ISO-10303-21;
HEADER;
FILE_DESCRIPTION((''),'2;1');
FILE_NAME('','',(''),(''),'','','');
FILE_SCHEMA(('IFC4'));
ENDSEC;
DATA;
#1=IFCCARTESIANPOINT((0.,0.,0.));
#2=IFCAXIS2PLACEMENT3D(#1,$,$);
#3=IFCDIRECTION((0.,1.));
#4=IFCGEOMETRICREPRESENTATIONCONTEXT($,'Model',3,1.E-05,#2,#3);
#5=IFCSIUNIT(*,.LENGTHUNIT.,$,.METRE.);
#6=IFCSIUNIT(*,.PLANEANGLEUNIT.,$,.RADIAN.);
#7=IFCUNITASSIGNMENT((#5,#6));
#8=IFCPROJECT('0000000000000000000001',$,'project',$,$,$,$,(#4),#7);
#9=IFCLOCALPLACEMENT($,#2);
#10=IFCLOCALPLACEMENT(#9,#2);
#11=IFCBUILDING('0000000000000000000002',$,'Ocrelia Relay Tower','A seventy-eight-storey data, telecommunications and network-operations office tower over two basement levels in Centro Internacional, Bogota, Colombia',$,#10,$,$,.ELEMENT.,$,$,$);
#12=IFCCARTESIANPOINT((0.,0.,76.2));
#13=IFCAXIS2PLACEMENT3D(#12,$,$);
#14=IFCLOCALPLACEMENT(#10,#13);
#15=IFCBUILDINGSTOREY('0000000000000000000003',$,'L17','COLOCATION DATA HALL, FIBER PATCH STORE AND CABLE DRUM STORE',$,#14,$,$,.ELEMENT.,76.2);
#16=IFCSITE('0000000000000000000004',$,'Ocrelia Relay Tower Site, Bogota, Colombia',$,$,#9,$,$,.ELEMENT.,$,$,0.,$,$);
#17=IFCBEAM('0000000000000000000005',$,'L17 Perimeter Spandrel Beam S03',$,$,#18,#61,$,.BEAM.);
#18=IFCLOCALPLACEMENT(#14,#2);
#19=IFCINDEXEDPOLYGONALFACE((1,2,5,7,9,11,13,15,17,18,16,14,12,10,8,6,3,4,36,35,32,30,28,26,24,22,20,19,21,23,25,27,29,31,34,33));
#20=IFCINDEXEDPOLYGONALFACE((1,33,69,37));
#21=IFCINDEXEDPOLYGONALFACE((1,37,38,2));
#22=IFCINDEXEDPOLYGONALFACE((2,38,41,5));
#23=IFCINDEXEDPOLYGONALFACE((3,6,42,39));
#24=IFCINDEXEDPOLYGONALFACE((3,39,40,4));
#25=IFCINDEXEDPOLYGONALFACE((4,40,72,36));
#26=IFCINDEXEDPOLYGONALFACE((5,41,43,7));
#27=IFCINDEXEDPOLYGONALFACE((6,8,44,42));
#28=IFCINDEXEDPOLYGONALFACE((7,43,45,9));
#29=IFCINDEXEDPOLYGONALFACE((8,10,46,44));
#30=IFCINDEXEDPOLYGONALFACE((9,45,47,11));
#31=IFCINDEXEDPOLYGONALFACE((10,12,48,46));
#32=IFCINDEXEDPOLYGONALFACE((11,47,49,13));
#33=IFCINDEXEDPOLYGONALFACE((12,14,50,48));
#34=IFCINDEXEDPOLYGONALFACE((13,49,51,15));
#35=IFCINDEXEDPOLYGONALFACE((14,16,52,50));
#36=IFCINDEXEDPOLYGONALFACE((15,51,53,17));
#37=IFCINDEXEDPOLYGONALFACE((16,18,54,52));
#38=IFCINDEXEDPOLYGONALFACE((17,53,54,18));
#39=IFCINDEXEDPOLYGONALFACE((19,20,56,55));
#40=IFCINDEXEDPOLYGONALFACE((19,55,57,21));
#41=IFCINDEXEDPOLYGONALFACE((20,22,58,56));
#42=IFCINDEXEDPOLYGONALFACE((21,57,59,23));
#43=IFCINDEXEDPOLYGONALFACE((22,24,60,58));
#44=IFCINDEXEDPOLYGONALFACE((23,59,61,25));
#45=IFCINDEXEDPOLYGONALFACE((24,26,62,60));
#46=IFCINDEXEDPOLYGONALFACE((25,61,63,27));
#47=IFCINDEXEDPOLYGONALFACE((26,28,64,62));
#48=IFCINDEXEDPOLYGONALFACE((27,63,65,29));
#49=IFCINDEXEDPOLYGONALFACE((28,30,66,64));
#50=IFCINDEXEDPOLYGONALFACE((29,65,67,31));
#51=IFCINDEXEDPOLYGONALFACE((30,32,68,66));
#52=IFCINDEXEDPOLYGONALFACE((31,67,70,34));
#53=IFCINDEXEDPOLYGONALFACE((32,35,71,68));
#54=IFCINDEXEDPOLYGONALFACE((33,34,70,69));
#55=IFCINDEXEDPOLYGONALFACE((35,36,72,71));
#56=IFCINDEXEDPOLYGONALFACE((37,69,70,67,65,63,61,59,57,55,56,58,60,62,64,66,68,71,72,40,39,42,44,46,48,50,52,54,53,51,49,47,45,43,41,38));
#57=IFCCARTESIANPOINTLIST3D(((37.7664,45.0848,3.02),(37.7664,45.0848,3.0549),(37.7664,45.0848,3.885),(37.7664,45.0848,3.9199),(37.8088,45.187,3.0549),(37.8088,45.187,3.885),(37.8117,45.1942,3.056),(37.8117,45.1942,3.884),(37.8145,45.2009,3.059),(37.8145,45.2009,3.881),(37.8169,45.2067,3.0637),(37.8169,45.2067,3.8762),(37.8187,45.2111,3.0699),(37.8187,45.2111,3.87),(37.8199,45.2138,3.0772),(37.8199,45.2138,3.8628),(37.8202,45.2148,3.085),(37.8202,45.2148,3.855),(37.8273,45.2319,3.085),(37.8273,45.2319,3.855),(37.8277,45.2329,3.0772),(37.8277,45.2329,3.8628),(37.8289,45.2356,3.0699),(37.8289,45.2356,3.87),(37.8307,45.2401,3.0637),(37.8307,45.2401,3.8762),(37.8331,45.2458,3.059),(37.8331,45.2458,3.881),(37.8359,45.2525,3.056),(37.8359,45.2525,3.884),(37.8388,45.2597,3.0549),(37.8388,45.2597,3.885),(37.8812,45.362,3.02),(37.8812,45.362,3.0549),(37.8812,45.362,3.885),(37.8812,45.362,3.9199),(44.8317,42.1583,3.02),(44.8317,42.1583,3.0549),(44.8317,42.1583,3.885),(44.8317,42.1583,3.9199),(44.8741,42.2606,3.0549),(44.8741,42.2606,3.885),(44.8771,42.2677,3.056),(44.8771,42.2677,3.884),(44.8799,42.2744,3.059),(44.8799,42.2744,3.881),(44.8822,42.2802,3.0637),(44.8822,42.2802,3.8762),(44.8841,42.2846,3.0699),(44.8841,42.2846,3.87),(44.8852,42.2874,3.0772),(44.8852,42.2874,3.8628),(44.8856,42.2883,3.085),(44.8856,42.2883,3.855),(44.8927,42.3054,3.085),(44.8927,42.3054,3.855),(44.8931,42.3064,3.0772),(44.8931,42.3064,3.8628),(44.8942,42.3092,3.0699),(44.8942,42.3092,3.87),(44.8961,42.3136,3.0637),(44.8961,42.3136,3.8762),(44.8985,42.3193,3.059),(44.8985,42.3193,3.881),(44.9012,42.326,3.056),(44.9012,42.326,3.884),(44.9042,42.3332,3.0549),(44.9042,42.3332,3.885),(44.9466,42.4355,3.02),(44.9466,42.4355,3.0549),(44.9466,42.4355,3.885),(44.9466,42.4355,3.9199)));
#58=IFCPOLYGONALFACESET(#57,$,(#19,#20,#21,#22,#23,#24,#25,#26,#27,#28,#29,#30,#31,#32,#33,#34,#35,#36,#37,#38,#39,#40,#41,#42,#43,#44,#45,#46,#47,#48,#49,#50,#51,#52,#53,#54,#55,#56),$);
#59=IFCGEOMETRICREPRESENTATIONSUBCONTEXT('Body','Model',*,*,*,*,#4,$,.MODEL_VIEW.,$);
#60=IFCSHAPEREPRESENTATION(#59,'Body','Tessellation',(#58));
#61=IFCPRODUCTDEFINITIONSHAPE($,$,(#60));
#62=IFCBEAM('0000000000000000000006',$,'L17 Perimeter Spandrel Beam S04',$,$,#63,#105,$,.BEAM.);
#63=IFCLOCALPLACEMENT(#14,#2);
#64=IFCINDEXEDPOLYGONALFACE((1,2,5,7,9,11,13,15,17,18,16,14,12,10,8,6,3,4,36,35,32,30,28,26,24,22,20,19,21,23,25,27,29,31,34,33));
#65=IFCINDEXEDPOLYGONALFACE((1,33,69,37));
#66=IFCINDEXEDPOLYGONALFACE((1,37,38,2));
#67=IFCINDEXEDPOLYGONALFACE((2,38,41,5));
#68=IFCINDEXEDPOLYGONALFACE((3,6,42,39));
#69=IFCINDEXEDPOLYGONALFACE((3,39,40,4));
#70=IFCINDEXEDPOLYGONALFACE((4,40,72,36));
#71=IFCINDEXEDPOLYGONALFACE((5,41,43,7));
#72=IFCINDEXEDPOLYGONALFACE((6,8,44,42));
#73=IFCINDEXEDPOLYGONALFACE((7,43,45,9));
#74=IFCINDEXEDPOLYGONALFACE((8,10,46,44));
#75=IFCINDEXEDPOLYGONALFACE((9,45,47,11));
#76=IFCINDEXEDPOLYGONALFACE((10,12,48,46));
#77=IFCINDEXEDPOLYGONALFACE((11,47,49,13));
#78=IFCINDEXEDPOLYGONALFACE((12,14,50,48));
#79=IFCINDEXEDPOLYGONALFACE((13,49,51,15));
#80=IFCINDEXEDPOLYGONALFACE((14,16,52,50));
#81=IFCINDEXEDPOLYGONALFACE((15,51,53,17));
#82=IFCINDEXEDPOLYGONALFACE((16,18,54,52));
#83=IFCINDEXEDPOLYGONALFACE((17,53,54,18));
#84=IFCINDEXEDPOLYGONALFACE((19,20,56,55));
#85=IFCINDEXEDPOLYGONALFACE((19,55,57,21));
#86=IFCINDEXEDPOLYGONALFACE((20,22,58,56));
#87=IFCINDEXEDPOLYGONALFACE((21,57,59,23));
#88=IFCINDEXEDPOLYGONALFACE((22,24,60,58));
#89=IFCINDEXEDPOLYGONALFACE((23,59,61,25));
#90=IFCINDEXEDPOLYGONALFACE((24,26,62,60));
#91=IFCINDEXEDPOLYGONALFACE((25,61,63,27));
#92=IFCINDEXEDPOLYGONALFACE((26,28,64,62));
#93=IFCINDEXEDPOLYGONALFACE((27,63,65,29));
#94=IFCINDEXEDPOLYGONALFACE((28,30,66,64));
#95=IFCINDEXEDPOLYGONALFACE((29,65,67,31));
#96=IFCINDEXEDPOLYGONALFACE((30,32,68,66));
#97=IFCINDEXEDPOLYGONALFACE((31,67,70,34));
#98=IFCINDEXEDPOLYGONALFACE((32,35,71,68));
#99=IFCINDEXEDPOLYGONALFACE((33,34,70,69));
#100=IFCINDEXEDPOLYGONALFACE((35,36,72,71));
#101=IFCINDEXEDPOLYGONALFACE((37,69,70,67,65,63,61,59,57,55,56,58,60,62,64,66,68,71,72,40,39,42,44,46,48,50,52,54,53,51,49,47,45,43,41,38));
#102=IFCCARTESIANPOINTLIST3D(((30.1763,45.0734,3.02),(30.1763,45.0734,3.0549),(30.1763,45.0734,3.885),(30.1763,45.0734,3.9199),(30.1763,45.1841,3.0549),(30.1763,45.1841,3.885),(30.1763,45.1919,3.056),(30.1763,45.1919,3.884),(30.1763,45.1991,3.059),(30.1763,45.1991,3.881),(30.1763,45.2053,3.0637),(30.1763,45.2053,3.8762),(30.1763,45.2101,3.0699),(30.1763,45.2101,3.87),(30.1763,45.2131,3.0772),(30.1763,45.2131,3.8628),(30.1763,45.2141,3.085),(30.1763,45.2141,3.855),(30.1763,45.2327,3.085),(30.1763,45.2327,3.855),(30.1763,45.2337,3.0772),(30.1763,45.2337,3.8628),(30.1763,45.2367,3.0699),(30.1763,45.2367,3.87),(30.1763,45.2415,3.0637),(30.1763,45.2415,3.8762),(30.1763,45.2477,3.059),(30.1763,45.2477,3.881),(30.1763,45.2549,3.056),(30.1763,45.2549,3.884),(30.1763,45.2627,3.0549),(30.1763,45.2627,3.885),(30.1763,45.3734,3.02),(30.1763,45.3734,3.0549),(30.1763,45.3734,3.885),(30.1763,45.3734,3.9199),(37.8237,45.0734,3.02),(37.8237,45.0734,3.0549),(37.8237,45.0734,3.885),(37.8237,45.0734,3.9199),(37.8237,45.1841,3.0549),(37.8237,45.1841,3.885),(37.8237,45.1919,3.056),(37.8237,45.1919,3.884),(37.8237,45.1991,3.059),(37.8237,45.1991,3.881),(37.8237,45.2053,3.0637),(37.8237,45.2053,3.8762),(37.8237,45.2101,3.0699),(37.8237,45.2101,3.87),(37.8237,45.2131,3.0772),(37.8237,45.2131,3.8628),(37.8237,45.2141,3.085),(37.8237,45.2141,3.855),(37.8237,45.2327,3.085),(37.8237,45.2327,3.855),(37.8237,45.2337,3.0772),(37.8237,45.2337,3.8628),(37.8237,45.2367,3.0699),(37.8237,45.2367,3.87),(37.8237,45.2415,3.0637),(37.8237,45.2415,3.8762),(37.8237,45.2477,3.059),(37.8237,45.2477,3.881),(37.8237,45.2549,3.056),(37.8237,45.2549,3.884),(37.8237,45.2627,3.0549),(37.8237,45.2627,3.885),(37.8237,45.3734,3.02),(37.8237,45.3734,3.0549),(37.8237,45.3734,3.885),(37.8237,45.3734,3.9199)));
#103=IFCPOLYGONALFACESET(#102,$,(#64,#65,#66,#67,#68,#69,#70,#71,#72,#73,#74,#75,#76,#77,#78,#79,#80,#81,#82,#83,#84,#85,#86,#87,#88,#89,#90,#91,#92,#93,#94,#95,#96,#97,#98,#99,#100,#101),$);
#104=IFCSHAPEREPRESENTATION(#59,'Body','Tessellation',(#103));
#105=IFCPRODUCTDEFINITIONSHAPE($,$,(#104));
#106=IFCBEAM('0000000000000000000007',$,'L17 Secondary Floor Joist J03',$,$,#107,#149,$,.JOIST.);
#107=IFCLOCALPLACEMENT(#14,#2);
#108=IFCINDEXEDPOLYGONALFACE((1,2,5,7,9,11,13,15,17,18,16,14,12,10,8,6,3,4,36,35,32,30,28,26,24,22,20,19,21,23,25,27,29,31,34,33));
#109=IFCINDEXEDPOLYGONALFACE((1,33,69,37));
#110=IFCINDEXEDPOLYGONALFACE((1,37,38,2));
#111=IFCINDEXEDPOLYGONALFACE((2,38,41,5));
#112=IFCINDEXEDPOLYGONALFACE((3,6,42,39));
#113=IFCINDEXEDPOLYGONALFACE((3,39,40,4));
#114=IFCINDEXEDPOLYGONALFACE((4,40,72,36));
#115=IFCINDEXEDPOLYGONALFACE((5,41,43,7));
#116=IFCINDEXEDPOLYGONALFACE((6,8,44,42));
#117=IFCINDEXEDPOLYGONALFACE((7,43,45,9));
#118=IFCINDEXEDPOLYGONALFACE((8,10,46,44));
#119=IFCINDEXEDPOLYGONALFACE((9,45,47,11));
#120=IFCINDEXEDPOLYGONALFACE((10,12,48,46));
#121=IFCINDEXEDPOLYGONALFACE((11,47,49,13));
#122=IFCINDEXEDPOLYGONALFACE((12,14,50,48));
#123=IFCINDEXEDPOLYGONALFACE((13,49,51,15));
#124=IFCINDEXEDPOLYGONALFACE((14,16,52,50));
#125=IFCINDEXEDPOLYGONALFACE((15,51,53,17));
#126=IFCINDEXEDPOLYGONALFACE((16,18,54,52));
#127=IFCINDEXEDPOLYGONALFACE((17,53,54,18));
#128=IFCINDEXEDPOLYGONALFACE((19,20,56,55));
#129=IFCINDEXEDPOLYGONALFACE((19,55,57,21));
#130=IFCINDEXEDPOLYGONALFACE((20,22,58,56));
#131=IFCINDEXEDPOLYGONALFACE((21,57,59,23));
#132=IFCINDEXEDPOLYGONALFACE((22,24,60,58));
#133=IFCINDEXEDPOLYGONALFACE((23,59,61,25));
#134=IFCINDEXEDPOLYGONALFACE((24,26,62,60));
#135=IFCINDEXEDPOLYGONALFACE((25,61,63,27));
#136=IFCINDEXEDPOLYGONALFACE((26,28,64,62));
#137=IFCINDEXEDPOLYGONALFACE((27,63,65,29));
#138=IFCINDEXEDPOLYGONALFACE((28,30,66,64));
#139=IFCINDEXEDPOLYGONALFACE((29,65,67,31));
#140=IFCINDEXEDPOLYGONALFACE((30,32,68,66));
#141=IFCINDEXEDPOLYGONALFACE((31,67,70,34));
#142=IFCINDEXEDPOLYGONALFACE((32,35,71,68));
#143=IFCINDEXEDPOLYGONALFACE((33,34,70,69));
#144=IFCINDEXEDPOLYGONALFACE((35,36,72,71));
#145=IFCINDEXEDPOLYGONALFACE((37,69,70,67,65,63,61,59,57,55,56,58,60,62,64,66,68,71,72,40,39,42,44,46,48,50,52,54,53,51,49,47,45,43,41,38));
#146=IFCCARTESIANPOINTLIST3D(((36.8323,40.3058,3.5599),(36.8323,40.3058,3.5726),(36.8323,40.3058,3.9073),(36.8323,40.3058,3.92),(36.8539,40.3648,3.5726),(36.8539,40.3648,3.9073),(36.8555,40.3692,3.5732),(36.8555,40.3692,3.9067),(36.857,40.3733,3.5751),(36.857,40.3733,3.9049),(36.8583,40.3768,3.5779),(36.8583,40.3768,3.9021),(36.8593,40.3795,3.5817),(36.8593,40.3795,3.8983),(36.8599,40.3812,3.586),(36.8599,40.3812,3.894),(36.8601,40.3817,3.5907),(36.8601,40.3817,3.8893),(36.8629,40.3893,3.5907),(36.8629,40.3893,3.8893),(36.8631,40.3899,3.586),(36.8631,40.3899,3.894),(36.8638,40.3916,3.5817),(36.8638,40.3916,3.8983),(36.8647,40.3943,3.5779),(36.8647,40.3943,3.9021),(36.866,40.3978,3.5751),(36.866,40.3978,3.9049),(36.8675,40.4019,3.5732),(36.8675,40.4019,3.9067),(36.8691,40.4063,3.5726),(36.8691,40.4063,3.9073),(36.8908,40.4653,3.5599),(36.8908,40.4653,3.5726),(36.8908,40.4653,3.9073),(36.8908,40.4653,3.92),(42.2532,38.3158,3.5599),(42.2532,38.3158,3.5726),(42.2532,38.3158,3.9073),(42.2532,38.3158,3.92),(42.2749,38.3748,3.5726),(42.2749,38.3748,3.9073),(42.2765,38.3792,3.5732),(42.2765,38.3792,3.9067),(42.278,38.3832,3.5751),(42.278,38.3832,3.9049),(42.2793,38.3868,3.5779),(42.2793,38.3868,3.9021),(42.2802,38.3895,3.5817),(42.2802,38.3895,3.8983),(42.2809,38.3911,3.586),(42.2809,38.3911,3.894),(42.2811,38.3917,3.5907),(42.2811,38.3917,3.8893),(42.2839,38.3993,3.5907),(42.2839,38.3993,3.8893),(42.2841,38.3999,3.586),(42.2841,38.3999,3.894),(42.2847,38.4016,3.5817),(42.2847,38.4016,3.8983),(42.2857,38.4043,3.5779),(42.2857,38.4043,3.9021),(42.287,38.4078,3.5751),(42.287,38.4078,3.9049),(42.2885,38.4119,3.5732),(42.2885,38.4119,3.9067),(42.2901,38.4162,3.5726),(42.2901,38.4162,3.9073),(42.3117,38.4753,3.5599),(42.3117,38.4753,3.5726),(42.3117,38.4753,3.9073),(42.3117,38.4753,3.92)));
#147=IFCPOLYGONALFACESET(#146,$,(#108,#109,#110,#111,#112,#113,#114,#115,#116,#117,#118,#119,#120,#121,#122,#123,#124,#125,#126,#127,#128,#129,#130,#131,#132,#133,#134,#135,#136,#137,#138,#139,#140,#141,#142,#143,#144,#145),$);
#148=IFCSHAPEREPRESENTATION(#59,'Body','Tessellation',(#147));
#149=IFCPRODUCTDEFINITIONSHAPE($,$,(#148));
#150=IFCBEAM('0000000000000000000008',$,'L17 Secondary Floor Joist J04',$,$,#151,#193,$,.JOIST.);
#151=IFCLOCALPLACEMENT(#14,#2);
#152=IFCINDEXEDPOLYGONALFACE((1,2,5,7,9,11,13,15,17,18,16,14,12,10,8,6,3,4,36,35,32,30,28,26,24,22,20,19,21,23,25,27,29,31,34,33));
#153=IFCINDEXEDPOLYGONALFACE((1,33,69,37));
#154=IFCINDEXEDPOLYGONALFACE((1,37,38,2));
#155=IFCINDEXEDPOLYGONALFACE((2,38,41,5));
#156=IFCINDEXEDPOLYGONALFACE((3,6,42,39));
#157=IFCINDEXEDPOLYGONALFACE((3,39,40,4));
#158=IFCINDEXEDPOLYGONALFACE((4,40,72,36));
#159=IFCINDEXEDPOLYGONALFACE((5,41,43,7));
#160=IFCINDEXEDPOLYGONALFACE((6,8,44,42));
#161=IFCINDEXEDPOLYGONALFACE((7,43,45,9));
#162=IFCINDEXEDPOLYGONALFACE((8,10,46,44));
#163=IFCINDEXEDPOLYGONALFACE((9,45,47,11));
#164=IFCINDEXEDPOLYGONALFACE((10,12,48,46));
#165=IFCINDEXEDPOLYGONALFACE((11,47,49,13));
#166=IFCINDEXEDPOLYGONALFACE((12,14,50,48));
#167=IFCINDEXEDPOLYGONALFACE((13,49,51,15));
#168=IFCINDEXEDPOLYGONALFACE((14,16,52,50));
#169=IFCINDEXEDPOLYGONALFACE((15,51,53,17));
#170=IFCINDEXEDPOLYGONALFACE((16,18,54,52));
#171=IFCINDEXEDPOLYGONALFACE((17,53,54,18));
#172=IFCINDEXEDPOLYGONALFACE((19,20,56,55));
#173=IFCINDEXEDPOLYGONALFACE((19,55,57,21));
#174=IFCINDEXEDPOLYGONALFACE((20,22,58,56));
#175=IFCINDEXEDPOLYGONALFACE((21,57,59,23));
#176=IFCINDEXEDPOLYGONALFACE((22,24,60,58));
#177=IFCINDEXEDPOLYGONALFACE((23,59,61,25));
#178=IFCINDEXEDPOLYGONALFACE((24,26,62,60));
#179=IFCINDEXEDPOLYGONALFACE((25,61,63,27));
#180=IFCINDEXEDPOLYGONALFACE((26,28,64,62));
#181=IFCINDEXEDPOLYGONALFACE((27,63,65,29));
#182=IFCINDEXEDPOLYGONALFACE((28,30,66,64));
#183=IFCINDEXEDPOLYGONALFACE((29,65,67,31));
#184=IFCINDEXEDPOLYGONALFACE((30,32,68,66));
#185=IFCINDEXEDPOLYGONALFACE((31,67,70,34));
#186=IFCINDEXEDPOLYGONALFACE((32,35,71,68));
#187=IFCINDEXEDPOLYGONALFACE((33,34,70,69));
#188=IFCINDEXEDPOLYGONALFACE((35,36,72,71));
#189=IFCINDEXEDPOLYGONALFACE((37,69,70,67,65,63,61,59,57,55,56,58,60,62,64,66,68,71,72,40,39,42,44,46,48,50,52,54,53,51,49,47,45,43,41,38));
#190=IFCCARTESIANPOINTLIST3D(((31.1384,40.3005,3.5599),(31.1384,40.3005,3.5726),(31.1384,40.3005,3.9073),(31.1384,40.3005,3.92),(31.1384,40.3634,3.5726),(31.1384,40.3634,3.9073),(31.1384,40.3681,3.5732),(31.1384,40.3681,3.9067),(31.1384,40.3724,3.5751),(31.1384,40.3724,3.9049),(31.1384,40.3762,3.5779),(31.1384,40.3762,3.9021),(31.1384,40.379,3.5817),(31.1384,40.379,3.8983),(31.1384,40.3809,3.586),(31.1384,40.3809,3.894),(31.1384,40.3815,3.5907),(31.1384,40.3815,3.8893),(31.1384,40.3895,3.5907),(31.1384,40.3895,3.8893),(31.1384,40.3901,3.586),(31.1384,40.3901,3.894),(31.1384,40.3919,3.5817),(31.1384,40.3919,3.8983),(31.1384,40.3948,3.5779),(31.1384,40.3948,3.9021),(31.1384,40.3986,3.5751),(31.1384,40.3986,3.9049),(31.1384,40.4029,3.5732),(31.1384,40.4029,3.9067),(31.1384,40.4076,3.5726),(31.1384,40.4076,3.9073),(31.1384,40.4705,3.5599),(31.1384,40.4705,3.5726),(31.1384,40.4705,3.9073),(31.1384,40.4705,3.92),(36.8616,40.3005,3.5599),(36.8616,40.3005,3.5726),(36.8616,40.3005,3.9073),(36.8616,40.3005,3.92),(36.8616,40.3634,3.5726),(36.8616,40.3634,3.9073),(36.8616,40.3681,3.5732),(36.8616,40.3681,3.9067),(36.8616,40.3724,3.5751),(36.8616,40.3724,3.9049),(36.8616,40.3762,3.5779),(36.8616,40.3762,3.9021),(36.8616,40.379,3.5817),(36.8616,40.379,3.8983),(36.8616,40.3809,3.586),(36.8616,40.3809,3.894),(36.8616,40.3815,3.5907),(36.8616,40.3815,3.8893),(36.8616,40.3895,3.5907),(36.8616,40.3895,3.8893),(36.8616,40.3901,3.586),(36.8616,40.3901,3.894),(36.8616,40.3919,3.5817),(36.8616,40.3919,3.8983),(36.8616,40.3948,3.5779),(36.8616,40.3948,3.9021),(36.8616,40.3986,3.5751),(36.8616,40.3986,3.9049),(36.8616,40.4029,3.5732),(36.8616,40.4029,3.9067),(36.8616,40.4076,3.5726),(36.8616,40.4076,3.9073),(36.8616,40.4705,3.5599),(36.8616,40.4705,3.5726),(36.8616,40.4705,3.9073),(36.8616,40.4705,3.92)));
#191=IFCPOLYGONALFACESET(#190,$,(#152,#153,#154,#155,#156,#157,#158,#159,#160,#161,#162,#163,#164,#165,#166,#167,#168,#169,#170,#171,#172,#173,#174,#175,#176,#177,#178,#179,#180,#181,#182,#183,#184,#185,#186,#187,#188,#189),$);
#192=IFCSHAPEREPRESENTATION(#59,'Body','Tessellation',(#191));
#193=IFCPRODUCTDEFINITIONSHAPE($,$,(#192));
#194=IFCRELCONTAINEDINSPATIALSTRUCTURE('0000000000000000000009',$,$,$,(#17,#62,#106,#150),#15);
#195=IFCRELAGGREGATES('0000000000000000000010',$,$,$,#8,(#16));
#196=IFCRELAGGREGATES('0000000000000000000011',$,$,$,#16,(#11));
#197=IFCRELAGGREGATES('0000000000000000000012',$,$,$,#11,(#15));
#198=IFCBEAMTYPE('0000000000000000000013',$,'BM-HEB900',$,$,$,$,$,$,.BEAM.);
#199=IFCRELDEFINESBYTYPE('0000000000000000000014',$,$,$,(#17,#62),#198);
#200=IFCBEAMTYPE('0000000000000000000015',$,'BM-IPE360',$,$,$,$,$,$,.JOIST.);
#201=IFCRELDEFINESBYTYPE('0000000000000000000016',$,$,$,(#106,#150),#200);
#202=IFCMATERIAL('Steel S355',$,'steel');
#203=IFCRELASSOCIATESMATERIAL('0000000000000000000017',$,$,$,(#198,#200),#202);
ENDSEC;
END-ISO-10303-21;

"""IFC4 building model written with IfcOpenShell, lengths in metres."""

from ifc_helpers import new_model, si_unit, direction, frame, origin, origin_2d, place, context, subcontext, project, spatial, i_section, extrude, material, material_profile, profile_set, type_object, element, save


model = new_model("IFC4")

# Units and contexts
model_context = context("Model", 3, precision=1e-05, world=origin(), true_north=direction((0.0, 1.0)))
body_context = subcontext(model_context, "Body", "Model", "MODEL_VIEW")
ifc_project = project(units=[si_unit("LENGTHUNIT", "METRE"), si_unit("PLANEANGLEUNIT", "RADIAN")], contexts=[model_context])

# Site, building, storey
site_placement = place(None, origin())
site = spatial("IfcSite", under=ifc_project, at=site_placement, Name="Ocrelia Relay Tower Site, Bogota, Colombia", CompositionType="ELEMENT", RefElevation=0.0)
building_placement = place(site_placement, origin())
building = spatial("IfcBuilding", under=site, at=building_placement, Name="Ocrelia Relay Tower", Description="A seventy-eight-storey data, telecommunications and network-operations office tower over two basement levels in Centro Internacional, Bogota, Colombia", CompositionType="ELEMENT")
storey_placement = place(building_placement, frame((0.0, 0.0, 76.2)))
storey = spatial("IfcBuildingStorey", under=building, at=storey_placement, Name="L17", Description="COLOCATION DATA HALL, FIBER PATCH STORE AND CABLE DRUM STORE", CompositionType="ELEMENT", Elevation=76.2)

# Beams
ifc_material_1 = material(Name="Steel S355", Category="steel")
ifc_material_profile_1 = material_profile(ifc_material_1, i_section(OverallWidth=0.3, OverallDepth=0.8999, WebThickness=0.0186, FlangeThickness=0.0349, FilletRadius=0.03, at=origin_2d()), Name="HEB 900")
ifc_profile_set_1 = profile_set([ifc_material_profile_1], Name="Steel S355")
beam_type_1 = type_object("IfcBeamType", Name="BM-HEB900", PredefinedType="BEAM", material=ifc_profile_set_1)
for number, where, z_axis, x_axis, name in (
    (1, (44.8892, 42.2969, 3.47), (-0.923883, 0.382674, 0.0), (-0.382674, -0.923883, 0.0), "L17 Perimeter Spandrel Beam S03"),
    (2, (37.8237, 45.2234, 3.47), (-1.0, 0.0, 0.0), (0.0, -1.0, 0.0), "L17 Perimeter Spandrel Beam S04"),
):
    element("IfcBeam", number, at=place(storey_placement, frame(where, z_axis=z_axis, x_axis=x_axis)), inside=storey, type_object=beam_type_1, Name=name, PredefinedType="BEAM", context=body_context, shape_type="SweptSolid", body=[
        extrude(i_section(OverallWidth=0.3, OverallDepth=0.8999, WebThickness=0.0186, FlangeThickness=0.0349, FilletRadius=0.03, at=origin_2d()), origin(), (0.0, 0.0, 1.0), 7.6475),
    ])
ifc_material_profile_2 = material_profile(ifc_material_1, i_section(OverallWidth=0.1699, OverallDepth=0.3601, WebThickness=0.0081, FlangeThickness=0.0127, FilletRadius=0.0181, at=origin_2d()), Name="IPE 360")
ifc_profile_set_2 = profile_set([ifc_material_profile_2], Name="Steel S355")
beam_type_2 = type_object("IfcBeamType", Name="BM-IPE360", PredefinedType="JOIST", material=ifc_profile_set_2)
beam_1_placement = place(storey_placement, frame((42.2825, 38.3955, 3.74), z_axis=(-0.938746, 0.34461, 0.0), x_axis=(-0.34461, -0.938746, 0.0)))
element("IfcBeam", 3, at=beam_1_placement, inside=storey, type_object=beam_type_2, Name="L17 Secondary Floor Joist J03", PredefinedType="JOIST", context=body_context, shape_type="SweptSolid", body=[
    extrude(i_section(OverallWidth=0.1699, OverallDepth=0.3601, WebThickness=0.0081, FlangeThickness=0.0127, FilletRadius=0.0181, at=origin_2d()), origin(), (0.0, 0.0, 1.0), 5.7747),
])
beam_2_placement = place(storey_placement, frame((36.8616, 40.3855, 3.74), z_axis=(-1.0, 0.0, 0.0), x_axis=(0.0, -1.0, 0.0)))
element("IfcBeam", 4, at=beam_2_placement, inside=storey, type_object=beam_type_2, Name="L17 Secondary Floor Joist J04", PredefinedType="JOIST", context=body_context, shape_type="SweptSolid", body=[
    extrude(i_section(OverallWidth=0.1699, OverallDepth=0.3601, WebThickness=0.0081, FlangeThickness=0.0127, FilletRadius=0.0181, at=origin_2d()), origin(), (0.0, 0.0, 1.0), 5.7231),
])

save(model, "model.ifc")
